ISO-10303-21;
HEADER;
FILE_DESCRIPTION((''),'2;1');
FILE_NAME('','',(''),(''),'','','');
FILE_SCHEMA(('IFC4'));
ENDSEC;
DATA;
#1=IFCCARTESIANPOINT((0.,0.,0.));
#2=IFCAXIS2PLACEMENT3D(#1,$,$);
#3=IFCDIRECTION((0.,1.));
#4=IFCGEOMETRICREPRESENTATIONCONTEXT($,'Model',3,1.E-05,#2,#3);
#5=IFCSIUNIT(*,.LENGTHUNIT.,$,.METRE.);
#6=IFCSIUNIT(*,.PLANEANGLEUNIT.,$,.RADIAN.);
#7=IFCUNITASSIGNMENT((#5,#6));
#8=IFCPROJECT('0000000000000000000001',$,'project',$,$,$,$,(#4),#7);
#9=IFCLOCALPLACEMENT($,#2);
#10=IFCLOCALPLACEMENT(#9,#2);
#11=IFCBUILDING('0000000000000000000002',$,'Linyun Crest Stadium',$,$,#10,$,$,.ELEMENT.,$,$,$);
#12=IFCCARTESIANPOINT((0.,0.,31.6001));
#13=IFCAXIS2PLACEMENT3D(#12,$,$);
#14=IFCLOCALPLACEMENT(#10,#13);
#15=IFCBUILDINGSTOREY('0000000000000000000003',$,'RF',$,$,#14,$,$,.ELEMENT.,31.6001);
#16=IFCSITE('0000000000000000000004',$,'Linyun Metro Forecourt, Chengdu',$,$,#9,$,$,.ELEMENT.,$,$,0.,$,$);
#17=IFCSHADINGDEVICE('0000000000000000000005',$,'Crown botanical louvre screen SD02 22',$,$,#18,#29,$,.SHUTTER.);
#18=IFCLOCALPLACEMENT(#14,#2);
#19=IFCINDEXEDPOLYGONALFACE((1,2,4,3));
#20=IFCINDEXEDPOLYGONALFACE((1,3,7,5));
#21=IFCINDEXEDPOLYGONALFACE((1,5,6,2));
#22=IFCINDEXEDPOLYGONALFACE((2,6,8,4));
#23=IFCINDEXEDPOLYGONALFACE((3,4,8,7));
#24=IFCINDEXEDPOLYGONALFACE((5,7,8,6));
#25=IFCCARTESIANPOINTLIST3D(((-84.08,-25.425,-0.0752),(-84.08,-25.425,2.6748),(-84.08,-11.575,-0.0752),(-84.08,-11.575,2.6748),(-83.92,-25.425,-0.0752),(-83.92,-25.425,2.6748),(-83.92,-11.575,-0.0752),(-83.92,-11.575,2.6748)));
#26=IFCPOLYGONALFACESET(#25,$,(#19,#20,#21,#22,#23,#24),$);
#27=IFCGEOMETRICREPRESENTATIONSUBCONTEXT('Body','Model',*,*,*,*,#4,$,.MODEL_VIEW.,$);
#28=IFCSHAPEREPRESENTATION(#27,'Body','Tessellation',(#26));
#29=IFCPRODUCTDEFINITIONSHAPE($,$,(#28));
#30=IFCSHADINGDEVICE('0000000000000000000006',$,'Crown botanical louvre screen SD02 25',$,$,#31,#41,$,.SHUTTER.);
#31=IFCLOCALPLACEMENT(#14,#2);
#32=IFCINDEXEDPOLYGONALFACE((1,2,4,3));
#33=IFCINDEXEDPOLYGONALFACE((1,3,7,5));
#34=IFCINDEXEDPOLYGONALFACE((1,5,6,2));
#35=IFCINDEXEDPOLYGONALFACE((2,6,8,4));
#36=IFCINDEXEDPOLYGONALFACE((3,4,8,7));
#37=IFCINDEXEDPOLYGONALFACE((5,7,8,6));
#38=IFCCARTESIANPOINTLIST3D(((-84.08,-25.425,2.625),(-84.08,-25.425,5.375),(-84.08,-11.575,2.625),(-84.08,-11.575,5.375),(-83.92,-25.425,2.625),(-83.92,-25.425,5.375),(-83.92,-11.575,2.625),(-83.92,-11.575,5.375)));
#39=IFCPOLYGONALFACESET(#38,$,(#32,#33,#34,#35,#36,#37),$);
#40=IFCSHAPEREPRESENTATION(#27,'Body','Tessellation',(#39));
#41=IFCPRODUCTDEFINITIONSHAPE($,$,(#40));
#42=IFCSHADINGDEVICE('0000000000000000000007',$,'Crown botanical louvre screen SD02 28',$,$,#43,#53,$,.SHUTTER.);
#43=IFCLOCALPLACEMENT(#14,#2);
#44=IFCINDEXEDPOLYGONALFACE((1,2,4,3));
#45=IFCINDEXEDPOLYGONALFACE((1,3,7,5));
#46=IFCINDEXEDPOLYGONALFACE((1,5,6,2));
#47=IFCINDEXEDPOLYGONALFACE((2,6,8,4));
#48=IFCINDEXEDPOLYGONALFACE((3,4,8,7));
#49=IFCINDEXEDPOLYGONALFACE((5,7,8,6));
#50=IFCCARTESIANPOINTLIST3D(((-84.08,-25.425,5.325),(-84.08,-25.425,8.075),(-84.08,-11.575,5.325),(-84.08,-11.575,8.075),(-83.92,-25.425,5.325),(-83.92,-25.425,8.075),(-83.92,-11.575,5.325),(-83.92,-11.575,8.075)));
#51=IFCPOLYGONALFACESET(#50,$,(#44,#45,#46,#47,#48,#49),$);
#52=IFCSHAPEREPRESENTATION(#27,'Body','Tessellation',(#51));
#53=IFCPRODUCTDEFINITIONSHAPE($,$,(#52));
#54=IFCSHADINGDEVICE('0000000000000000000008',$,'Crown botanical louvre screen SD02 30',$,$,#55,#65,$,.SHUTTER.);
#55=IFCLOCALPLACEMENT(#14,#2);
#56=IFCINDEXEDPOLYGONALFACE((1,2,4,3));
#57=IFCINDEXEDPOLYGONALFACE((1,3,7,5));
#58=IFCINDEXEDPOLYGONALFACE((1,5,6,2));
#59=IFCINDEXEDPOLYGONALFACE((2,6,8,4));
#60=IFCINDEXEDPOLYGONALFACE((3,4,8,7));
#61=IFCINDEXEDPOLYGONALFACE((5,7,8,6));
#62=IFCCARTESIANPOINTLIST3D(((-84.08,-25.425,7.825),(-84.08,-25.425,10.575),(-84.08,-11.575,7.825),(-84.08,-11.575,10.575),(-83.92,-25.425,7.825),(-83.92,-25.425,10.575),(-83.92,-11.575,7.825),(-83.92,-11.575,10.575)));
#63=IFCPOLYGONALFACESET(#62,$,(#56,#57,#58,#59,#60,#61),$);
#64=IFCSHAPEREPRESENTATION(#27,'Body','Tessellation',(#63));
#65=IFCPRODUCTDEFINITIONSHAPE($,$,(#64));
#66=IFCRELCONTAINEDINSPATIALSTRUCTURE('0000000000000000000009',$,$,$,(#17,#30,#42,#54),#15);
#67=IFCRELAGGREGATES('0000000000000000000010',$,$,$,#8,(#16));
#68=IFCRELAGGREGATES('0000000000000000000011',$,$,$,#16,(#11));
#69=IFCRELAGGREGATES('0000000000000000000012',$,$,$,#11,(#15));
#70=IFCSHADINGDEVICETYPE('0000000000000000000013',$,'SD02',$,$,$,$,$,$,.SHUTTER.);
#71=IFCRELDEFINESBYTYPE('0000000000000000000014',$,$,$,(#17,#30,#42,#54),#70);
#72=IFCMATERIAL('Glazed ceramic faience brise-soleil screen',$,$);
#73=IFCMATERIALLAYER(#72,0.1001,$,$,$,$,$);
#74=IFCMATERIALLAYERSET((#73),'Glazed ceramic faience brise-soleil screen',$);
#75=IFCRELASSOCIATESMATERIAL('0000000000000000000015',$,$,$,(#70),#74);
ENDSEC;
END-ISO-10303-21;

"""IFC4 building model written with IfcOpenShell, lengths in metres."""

from ifc_helpers import new_model, si_unit, direction, frame, origin, origin_2d, place, context, subcontext, project, spatial, rectangle, extrude, material, layer, layer_set, type_object, element, save


model = new_model("IFC4")

# Units and contexts
model_context = context("Model", 3, precision=1e-05, world=origin(), true_north=direction((0.0, 1.0)))
body_context = subcontext(model_context, "Body", "Model", "MODEL_VIEW")
ifc_project = project(units=[si_unit("LENGTHUNIT", "METRE"), si_unit("PLANEANGLEUNIT", "RADIAN")], contexts=[model_context])

# Site, building, storey
site_placement = place(None, origin())
site = spatial("IfcSite", under=ifc_project, at=site_placement, Name="Linyun Metro Forecourt, Chengdu", CompositionType="ELEMENT", RefElevation=0.0)
building_placement = place(site_placement, origin())
building = spatial("IfcBuilding", under=site, at=building_placement, Name="Linyun Crest Stadium", CompositionType="ELEMENT")
storey_placement = place(building_placement, frame((0.0, 0.0, 31.6001)))
storey = spatial("IfcBuildingStorey", under=building, at=storey_placement, Name="RF", CompositionType="ELEMENT", Elevation=31.6001)

# Shading devices
ifc_material_1 = material(Name="Glazed ceramic faience brise-soleil screen")
ifc_layer_1 = layer(ifc_material_1, 0.1001)
ifc_layer_set_1 = layer_set([ifc_layer_1], Name="Glazed ceramic faience brise-soleil screen")
shading_device_type_1 = type_object("IfcShadingDeviceType", Name="SD02", PredefinedType="SHUTTER", material=ifc_layer_set_1)
for number, where, z_axis, x_axis, name in (
    (1, (-84.0, -18.5, -0.0752), (0.0, 0.0, 1.0), (1.0, 0.0, 0.0), "Crown botanical louvre screen SD02 22"),
    (2, (-84.0, -18.5, 2.625), (0.0, 0.0, 1.0), (1.0, 0.0, 0.0), "Crown botanical louvre screen SD02 25"),
    (3, (-84.0, -18.5, 5.325), (0.0, 0.0, 1.0), (1.0, 0.0, 0.0), "Crown botanical louvre screen SD02 28"),
    (4, (-84.0, -18.5, 7.825), (0.0, 0.0, 1.0), (1.0, 0.0, 0.0), "Crown botanical louvre screen SD02 30"),
):
    element("IfcShadingDevice", number, at=place(storey_placement, frame(where, z_axis=z_axis, x_axis=x_axis)), inside=storey, type_object=shading_device_type_1, Name=name, PredefinedType="SHUTTER", context=body_context, shape_type="SweptSolid", body=[
        extrude(rectangle(XDim=0.1599, YDim=13.8501, at=origin_2d()), origin(), (0.0, 0.0, 1.0), 2.75),
    ])

save(model, "model.ifc")
